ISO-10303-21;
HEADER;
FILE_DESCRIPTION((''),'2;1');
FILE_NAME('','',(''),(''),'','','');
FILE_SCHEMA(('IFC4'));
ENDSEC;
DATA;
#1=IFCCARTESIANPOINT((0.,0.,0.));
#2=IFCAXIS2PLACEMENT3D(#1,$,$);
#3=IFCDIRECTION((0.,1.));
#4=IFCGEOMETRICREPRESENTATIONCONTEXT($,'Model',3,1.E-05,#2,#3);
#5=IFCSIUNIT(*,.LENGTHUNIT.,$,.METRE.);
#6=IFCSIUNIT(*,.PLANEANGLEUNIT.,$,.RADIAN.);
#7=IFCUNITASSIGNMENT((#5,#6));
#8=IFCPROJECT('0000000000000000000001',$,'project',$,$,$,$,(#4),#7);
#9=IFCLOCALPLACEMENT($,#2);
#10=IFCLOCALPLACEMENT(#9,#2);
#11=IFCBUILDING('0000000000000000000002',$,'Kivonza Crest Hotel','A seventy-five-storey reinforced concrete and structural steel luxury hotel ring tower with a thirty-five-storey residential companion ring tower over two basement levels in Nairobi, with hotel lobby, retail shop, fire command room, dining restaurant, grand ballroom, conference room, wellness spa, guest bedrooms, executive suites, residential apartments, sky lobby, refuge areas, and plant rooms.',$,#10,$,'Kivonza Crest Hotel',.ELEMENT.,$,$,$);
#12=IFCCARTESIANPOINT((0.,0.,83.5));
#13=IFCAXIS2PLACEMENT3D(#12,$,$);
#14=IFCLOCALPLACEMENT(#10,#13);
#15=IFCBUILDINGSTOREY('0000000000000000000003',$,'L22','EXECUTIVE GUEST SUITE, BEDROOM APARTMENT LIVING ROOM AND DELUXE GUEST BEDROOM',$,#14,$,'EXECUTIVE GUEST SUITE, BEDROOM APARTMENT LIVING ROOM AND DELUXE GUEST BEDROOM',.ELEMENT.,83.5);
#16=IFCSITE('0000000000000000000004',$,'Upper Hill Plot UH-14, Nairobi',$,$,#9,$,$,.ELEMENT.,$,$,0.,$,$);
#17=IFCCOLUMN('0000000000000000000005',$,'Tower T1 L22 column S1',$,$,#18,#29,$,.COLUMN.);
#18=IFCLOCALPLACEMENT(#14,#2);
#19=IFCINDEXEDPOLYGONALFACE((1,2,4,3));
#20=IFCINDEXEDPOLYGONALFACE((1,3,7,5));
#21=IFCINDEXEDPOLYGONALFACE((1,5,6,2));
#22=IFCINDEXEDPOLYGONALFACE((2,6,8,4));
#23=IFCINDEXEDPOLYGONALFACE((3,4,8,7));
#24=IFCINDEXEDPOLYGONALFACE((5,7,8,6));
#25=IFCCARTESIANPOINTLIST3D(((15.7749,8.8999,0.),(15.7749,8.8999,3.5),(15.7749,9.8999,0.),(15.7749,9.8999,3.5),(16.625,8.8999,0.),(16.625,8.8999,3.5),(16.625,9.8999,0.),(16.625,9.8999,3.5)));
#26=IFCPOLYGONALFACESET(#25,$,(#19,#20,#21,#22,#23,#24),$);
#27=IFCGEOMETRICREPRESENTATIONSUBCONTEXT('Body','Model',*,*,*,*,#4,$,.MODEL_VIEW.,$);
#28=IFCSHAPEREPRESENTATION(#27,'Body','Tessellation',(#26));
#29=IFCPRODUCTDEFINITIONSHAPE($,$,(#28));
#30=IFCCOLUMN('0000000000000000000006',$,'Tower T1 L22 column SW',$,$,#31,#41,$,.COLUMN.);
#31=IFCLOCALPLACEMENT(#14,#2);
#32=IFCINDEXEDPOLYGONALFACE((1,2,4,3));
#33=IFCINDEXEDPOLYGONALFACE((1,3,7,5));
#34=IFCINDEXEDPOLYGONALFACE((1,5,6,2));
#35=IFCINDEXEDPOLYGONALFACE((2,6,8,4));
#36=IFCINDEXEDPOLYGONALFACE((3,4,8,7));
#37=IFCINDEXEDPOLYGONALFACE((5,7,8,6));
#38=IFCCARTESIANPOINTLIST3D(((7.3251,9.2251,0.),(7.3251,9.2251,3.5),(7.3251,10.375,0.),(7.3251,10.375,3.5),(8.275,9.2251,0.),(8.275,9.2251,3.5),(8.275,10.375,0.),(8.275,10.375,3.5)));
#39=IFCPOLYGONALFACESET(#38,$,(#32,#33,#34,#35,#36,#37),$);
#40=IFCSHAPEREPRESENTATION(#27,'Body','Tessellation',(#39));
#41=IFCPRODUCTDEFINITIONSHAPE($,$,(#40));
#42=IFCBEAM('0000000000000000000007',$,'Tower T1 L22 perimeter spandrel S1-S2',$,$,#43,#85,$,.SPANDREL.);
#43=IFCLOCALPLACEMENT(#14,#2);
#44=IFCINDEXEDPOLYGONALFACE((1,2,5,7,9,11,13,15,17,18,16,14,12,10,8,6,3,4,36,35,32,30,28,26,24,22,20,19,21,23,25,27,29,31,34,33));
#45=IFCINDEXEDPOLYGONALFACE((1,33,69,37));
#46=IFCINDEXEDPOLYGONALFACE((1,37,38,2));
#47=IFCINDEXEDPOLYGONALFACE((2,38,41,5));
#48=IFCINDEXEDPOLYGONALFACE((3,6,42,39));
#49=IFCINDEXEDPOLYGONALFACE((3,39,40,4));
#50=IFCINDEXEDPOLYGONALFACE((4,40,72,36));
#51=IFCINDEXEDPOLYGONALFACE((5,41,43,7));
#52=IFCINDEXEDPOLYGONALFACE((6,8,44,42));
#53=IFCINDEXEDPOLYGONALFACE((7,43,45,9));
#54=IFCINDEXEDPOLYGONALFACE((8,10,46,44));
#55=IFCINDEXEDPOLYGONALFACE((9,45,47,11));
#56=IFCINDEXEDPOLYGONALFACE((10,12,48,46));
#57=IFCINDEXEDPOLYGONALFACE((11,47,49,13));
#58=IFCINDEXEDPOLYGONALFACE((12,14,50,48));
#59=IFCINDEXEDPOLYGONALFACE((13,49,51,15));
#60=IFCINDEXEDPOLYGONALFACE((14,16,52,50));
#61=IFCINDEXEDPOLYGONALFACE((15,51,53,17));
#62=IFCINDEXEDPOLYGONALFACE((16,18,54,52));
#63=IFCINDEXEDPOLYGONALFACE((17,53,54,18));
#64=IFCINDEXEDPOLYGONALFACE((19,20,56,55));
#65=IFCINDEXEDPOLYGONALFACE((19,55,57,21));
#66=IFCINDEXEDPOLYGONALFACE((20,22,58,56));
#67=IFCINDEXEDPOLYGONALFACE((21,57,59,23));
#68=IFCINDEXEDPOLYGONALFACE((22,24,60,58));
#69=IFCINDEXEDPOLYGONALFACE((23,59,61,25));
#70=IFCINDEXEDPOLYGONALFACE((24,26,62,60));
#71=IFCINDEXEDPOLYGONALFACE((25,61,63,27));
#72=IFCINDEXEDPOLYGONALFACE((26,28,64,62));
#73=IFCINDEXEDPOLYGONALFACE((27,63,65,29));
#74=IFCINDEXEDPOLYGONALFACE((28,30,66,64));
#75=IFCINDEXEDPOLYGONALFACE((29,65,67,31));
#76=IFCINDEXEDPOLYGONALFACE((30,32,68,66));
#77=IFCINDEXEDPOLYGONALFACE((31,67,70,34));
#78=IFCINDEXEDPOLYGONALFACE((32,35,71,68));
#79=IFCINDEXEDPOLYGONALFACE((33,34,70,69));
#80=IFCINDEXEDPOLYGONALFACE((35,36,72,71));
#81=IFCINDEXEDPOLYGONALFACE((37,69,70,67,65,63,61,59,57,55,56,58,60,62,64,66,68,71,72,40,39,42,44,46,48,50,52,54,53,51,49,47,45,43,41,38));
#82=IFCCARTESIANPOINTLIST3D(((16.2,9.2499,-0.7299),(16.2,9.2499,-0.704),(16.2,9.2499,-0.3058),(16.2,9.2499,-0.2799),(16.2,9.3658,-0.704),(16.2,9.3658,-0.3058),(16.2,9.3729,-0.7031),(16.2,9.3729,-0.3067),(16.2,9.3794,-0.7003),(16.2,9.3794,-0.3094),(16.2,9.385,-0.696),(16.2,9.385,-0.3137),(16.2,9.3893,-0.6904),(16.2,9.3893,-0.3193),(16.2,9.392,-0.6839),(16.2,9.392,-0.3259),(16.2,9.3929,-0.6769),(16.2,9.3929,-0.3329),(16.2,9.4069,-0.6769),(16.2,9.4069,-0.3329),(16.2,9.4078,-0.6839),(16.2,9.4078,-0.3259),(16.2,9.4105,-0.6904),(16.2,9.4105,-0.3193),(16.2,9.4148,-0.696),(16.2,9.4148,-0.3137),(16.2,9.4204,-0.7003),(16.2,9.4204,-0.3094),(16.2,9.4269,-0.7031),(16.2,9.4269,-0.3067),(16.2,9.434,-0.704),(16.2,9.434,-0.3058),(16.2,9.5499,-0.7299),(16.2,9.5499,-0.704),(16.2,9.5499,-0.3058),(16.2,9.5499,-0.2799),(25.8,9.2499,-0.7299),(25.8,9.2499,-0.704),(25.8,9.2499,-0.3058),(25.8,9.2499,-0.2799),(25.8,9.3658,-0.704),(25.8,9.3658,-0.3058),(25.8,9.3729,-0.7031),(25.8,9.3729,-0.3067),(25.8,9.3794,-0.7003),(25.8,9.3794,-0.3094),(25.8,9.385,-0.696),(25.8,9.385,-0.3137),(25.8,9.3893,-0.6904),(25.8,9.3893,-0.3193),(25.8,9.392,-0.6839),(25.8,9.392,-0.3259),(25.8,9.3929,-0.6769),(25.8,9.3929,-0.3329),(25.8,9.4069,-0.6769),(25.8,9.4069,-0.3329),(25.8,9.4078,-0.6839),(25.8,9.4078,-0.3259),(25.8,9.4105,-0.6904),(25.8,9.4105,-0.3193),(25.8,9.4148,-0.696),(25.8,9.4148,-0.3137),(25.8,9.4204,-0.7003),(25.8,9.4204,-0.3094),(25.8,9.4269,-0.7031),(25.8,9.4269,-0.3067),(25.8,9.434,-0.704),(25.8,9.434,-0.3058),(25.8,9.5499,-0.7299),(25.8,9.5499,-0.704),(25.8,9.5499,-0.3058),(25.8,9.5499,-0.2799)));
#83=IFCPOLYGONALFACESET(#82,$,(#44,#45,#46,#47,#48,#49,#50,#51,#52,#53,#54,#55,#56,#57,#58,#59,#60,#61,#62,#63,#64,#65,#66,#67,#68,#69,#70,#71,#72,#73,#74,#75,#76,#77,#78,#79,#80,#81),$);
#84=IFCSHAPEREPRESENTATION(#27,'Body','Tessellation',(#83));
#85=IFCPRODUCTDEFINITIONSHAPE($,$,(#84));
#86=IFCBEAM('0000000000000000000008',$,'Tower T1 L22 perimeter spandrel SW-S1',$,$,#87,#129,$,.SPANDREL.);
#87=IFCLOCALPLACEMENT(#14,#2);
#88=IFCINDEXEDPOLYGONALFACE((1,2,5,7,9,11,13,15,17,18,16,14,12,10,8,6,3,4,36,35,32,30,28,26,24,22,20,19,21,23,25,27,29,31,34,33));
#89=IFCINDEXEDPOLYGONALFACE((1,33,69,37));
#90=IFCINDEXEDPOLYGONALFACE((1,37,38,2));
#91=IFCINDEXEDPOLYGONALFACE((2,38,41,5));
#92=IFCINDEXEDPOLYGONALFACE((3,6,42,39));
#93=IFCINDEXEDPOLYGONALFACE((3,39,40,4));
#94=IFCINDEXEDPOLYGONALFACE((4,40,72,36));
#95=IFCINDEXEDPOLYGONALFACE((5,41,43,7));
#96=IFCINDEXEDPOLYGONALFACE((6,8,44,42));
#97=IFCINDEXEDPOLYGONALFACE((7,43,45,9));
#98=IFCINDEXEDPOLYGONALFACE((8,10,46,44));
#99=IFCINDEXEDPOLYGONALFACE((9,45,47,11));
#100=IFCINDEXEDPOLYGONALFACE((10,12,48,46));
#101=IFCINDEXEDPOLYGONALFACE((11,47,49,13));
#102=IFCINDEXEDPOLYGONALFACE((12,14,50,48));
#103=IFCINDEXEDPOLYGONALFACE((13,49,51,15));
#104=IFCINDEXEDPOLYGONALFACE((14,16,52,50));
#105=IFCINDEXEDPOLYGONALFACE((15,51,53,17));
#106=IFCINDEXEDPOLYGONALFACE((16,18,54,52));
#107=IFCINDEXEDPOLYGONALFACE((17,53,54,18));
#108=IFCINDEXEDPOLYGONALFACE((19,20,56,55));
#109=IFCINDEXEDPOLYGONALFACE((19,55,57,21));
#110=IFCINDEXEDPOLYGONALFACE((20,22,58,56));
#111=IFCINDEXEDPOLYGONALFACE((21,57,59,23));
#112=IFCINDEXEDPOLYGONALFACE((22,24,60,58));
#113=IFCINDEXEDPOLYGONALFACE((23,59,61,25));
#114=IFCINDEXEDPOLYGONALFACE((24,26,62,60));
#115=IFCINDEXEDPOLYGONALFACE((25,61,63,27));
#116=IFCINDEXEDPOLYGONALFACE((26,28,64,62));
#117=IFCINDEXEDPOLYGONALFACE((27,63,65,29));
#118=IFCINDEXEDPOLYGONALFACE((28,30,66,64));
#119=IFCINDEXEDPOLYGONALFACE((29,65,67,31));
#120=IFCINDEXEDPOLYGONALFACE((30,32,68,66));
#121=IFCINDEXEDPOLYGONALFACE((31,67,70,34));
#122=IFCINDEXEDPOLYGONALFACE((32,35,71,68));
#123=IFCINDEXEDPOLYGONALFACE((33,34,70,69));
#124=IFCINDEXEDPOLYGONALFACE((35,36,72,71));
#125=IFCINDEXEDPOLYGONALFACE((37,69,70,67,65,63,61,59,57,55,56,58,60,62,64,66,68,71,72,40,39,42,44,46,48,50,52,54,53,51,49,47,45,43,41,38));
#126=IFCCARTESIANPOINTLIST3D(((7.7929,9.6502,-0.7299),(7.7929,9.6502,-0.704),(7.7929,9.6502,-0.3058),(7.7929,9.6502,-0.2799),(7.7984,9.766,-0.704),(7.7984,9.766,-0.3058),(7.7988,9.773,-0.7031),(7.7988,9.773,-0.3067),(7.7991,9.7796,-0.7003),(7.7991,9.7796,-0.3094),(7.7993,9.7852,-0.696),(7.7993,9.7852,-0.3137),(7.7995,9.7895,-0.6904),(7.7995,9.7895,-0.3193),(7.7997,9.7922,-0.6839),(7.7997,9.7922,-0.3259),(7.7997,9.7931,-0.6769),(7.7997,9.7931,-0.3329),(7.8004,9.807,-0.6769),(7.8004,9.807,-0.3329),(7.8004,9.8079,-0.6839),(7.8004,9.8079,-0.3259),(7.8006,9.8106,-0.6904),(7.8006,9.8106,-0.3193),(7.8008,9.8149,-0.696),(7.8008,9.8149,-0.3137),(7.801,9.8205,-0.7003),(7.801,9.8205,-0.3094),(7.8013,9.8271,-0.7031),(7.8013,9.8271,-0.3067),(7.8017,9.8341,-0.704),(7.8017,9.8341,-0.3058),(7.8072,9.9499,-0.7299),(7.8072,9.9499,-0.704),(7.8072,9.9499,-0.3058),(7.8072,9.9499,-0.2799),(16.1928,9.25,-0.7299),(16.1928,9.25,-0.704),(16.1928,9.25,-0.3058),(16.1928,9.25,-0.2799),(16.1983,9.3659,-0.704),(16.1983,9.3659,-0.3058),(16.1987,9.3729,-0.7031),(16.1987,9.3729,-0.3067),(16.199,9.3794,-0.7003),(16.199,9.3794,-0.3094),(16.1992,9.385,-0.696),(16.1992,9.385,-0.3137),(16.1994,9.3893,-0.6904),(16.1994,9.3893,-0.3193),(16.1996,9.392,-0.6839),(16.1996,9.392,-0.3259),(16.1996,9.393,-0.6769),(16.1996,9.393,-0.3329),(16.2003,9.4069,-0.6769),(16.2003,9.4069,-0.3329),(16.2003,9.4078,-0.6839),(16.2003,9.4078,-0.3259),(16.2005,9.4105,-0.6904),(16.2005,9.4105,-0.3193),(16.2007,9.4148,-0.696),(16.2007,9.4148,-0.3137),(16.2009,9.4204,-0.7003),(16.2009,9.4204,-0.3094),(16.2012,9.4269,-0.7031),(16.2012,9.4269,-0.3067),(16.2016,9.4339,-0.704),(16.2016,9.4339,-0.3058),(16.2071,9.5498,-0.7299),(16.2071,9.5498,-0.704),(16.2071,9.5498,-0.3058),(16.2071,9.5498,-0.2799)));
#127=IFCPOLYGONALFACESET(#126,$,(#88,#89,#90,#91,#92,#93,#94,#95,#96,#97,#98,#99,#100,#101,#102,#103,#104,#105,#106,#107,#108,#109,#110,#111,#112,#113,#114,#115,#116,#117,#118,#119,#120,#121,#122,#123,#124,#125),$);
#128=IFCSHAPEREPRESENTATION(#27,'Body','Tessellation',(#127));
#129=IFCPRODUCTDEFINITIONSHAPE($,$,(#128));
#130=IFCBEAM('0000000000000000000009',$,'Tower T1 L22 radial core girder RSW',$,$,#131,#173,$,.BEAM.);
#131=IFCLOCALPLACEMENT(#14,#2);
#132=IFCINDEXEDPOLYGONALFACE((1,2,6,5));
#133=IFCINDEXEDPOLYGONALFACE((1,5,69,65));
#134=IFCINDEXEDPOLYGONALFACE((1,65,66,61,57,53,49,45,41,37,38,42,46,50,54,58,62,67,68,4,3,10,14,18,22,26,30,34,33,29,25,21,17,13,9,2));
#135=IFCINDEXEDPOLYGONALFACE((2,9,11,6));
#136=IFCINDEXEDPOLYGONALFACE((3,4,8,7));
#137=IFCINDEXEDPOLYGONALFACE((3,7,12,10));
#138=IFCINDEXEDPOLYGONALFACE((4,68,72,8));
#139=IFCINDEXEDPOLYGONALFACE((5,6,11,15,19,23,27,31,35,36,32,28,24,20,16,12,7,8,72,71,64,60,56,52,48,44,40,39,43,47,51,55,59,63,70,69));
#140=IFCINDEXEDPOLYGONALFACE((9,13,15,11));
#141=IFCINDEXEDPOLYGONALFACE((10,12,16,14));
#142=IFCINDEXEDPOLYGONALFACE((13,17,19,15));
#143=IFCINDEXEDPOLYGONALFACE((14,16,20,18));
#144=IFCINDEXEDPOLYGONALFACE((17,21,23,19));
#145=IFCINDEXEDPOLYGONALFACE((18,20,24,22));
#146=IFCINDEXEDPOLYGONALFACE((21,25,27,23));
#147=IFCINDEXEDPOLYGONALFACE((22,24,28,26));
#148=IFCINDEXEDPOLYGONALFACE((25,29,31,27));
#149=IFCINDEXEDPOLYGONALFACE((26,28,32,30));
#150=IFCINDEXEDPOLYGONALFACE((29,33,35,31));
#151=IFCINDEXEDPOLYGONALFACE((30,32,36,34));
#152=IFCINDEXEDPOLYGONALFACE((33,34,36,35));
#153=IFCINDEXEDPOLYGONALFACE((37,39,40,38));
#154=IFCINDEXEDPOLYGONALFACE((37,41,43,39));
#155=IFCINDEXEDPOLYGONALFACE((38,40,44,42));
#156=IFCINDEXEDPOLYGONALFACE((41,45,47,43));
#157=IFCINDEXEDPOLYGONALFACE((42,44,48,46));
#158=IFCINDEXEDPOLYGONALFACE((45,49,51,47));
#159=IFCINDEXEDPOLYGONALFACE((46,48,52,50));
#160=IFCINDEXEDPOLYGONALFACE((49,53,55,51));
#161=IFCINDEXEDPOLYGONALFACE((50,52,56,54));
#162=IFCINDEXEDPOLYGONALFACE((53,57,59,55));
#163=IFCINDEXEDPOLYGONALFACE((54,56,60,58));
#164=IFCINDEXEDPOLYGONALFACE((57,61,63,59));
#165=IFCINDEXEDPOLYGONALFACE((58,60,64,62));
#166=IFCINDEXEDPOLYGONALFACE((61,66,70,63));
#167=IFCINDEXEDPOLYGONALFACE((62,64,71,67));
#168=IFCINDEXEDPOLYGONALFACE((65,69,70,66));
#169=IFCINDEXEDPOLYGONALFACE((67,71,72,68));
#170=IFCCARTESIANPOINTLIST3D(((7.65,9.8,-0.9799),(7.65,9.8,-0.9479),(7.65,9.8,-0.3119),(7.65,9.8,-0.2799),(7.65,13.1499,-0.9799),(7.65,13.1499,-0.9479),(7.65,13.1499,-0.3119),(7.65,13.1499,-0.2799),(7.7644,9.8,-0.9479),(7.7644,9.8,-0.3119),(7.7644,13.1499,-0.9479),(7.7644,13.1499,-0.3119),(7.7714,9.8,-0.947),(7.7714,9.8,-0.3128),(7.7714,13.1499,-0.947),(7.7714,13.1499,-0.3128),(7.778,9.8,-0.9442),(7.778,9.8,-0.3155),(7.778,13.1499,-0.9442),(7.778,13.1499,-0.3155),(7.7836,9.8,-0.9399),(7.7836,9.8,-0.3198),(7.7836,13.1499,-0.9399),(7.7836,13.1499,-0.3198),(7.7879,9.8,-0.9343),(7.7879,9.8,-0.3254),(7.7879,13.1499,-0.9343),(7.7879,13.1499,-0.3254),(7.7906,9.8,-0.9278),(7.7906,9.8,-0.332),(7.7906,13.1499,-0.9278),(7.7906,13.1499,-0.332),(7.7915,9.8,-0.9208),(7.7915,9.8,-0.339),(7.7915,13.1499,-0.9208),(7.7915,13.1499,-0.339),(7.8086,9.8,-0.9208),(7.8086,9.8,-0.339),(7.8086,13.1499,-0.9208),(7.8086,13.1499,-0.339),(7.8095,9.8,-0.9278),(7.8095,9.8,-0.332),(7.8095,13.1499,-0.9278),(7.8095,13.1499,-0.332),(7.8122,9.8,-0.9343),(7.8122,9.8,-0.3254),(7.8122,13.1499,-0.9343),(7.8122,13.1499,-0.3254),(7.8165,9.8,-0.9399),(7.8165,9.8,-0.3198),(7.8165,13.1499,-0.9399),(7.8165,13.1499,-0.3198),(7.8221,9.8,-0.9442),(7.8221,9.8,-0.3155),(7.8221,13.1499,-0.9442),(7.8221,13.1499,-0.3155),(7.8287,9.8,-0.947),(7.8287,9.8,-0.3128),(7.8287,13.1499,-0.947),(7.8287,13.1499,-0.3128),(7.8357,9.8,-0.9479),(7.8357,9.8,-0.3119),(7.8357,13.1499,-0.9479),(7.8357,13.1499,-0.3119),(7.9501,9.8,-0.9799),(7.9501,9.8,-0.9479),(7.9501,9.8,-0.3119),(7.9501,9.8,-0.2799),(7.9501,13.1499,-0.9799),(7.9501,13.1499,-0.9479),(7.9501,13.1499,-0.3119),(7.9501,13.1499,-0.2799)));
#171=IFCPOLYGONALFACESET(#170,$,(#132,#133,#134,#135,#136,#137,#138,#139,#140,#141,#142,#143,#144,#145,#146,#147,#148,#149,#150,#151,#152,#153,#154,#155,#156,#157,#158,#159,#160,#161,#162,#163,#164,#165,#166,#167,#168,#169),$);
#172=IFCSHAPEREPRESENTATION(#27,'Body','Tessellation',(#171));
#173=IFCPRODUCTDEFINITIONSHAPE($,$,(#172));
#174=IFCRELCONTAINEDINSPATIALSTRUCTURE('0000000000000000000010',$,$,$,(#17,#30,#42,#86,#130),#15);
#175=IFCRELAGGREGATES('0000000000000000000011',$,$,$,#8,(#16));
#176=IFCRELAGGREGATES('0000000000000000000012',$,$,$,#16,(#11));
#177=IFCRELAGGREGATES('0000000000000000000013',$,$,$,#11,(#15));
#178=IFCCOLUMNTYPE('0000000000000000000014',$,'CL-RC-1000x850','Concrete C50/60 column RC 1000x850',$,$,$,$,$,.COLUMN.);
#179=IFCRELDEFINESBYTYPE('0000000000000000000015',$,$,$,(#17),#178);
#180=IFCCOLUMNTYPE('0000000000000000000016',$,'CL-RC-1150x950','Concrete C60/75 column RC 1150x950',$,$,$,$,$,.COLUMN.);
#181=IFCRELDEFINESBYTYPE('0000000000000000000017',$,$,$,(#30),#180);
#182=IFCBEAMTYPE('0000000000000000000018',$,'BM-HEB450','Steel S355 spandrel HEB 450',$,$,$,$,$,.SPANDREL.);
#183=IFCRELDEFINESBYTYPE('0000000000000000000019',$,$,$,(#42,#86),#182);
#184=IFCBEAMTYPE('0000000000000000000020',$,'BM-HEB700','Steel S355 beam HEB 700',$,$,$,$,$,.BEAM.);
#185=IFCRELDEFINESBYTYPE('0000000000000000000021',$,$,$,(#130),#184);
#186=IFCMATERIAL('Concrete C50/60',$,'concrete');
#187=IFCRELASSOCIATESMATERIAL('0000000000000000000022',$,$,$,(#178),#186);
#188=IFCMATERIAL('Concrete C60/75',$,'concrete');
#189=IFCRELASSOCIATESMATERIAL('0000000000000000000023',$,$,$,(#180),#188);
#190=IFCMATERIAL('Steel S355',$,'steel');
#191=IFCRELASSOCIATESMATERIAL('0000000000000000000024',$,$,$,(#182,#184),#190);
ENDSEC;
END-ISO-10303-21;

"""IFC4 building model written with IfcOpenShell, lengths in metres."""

from ifc_helpers import new_model, si_unit, direction, frame, origin, origin_2d, place, context, subcontext, project, spatial, rectangle, i_section, extrude, material, material_profile, profile_set, type_object, element, save


model = new_model("IFC4")

# Units and contexts
model_context = context("Model", 3, precision=1e-05, world=origin(), true_north=direction((0.0, 1.0)))
body_context = subcontext(model_context, "Body", "Model", "MODEL_VIEW")
ifc_project = project(units=[si_unit("LENGTHUNIT", "METRE"), si_unit("PLANEANGLEUNIT", "RADIAN")], contexts=[model_context])

# Site, building, storey
site_placement = place(None, origin())
site = spatial("IfcSite", under=ifc_project, at=site_placement, Name="Upper Hill Plot UH-14, Nairobi", CompositionType="ELEMENT", RefElevation=0.0)
building_placement = place(site_placement, origin())
building = spatial("IfcBuilding", under=site, at=building_placement, Name="Kivonza Crest Hotel", Description="A seventy-five-storey reinforced concrete and structural steel luxury hotel ring tower with a thirty-five-storey residential companion ring tower over two basement levels in Nairobi, with hotel lobby, retail shop, fire command room, dining restaurant, grand ballroom, conference room, wellness spa, guest bedrooms, executive suites, residential apartments, sky lobby, refuge areas, and plant rooms.", LongName="Kivonza Crest Hotel", CompositionType="ELEMENT")
storey_placement = place(building_placement, frame((0.0, 0.0, 83.5)))
storey = spatial("IfcBuildingStorey", under=building, at=storey_placement, Name="L22", Description="EXECUTIVE GUEST SUITE, BEDROOM APARTMENT LIVING ROOM AND DELUXE GUEST BEDROOM", LongName="EXECUTIVE GUEST SUITE, BEDROOM APARTMENT LIVING ROOM AND DELUXE GUEST BEDROOM", CompositionType="ELEMENT", Elevation=83.5)

# Columns
ifc_material_1 = material(Name="Concrete C50/60", Category="concrete")
ifc_material_profile_1 = material_profile(ifc_material_1, rectangle(XDim=0.8501, YDim=1.0, at=origin_2d()), Name="RC 1000x850")
ifc_profile_set_1 = profile_set([ifc_material_profile_1], Name="Concrete C50/60")
column_type_1 = type_object("IfcColumnType", Name="CL-RC-1000x850", Description="Concrete C50/60 column RC 1000x850", PredefinedType="COLUMN", material=ifc_profile_set_1)
column_1_placement = place(storey_placement, frame((16.2, 9.3999, 0.0), z_axis=(0.0, 0.0, 1.0), x_axis=(1.0, 0.0, 0.0)))
element("IfcColumn", 1, at=column_1_placement, inside=storey, type_object=column_type_1, Name="Tower T1 L22 column S1", PredefinedType="COLUMN", context=body_context, shape_type="SweptSolid", body=[
    extrude(rectangle(XDim=0.8501, YDim=1.0, at=origin_2d()), origin(), (0.0, 0.0, 1.0), 3.5),
])
ifc_material_2 = material(Name="Concrete C60/75", Category="concrete")
ifc_material_profile_2 = material_profile(ifc_material_2, rectangle(XDim=0.95, YDim=1.1499, at=origin_2d()), Name="RC 1150x950")
ifc_profile_set_2 = profile_set([ifc_material_profile_2], Name="Concrete C60/75")
column_type_2 = type_object("IfcColumnType", Name="CL-RC-1150x950", Description="Concrete C60/75 column RC 1150x950", PredefinedType="COLUMN", material=ifc_profile_set_2)
column_2_placement = place(storey_placement, frame((7.8, 9.8, 0.0), z_axis=(0.0, 0.0, 1.0), x_axis=(1.0, 0.0, 0.0)))
element("IfcColumn", 2, at=column_2_placement, inside=storey, type_object=column_type_2, Name="Tower T1 L22 column SW", PredefinedType="COLUMN", context=body_context, shape_type="SweptSolid", body=[
    extrude(rectangle(XDim=0.95, YDim=1.1499, at=origin_2d()), origin(), (0.0, 0.0, 1.0), 3.5),
])

# Beams
ifc_material_3 = material(Name="Steel S355", Category="steel")
ifc_material_profile_3 = material_profile(ifc_material_3, i_section(OverallWidth=0.3, OverallDepth=0.45, WebThickness=0.0139, FlangeThickness=0.0259, FilletRadius=0.0271, at=origin_2d()), Name="HEB 450")
ifc_profile_set_3 = profile_set([ifc_material_profile_3], Name="Steel S355")
beam_type_1 = type_object("IfcBeamType", Name="BM-HEB450", Description="Steel S355 spandrel HEB 450", PredefinedType="SPANDREL", material=ifc_profile_set_3)
beam_1_placement = place(storey_placement, frame((16.2, 9.3999, -0.5049), z_axis=(1.0, 0.0, 0.0), x_axis=(0.0, 1.0, 0.0)))
element("IfcBeam", 3, at=beam_1_placement, inside=storey, type_object=beam_type_1, Name="Tower T1 L22 perimeter spandrel S1-S2", PredefinedType="SPANDREL", context=body_context, shape_type="SweptSolid", body=[
    extrude(i_section(OverallWidth=0.3, OverallDepth=0.45, WebThickness=0.0139, FlangeThickness=0.0259, FilletRadius=0.0271, at=origin_2d()), origin(), (0.0, 0.0, 1.0), 9.6001),
])
beam_2_placement = place(storey_placement, frame((7.8, 9.8, -0.5049), z_axis=(0.998867, -0.047583, 0.0), x_axis=(0.047583, 0.998867, 0.0)))
element("IfcBeam", 4, at=beam_2_placement, inside=storey, type_object=beam_type_1, Name="Tower T1 L22 perimeter spandrel SW-S1", PredefinedType="SPANDREL", context=body_context, shape_type="SweptSolid", body=[
    extrude(i_section(OverallWidth=0.3, OverallDepth=0.45, WebThickness=0.0139, FlangeThickness=0.0259, FilletRadius=0.0271, at=origin_2d()), origin(), (0.0, 0.0, 1.0), 8.4094),
])
ifc_material_profile_4 = material_profile(ifc_material_3, i_section(OverallWidth=0.3, OverallDepth=0.7, WebThickness=0.0171, FlangeThickness=0.032, FilletRadius=0.0271, at=origin_2d()), Name="HEB 700")
ifc_profile_set_4 = profile_set([ifc_material_profile_4], Name="Steel S355")
beam_type_2 = type_object("IfcBeamType", Name="BM-HEB700", Description="Steel S355 beam HEB 700", PredefinedType="BEAM", material=ifc_profile_set_4)
beam_3_placement = place(storey_placement, frame((7.8, 9.8, -0.6299), z_axis=(0.0, 1.0, 0.0), x_axis=(-1.0, 0.0, 0.0)))
element("IfcBeam", 5, at=beam_3_placement, inside=storey, type_object=beam_type_2, Name="Tower T1 L22 radial core girder RSW", PredefinedType="BEAM", context=body_context, shape_type="SweptSolid", body=[
    extrude(i_section(OverallWidth=0.3, OverallDepth=0.7, WebThickness=0.0171, FlangeThickness=0.032, FilletRadius=0.0271, at=origin_2d()), origin(), (0.0, 0.0, 1.0), 3.3499),
])

save(model, "model.ifc")
